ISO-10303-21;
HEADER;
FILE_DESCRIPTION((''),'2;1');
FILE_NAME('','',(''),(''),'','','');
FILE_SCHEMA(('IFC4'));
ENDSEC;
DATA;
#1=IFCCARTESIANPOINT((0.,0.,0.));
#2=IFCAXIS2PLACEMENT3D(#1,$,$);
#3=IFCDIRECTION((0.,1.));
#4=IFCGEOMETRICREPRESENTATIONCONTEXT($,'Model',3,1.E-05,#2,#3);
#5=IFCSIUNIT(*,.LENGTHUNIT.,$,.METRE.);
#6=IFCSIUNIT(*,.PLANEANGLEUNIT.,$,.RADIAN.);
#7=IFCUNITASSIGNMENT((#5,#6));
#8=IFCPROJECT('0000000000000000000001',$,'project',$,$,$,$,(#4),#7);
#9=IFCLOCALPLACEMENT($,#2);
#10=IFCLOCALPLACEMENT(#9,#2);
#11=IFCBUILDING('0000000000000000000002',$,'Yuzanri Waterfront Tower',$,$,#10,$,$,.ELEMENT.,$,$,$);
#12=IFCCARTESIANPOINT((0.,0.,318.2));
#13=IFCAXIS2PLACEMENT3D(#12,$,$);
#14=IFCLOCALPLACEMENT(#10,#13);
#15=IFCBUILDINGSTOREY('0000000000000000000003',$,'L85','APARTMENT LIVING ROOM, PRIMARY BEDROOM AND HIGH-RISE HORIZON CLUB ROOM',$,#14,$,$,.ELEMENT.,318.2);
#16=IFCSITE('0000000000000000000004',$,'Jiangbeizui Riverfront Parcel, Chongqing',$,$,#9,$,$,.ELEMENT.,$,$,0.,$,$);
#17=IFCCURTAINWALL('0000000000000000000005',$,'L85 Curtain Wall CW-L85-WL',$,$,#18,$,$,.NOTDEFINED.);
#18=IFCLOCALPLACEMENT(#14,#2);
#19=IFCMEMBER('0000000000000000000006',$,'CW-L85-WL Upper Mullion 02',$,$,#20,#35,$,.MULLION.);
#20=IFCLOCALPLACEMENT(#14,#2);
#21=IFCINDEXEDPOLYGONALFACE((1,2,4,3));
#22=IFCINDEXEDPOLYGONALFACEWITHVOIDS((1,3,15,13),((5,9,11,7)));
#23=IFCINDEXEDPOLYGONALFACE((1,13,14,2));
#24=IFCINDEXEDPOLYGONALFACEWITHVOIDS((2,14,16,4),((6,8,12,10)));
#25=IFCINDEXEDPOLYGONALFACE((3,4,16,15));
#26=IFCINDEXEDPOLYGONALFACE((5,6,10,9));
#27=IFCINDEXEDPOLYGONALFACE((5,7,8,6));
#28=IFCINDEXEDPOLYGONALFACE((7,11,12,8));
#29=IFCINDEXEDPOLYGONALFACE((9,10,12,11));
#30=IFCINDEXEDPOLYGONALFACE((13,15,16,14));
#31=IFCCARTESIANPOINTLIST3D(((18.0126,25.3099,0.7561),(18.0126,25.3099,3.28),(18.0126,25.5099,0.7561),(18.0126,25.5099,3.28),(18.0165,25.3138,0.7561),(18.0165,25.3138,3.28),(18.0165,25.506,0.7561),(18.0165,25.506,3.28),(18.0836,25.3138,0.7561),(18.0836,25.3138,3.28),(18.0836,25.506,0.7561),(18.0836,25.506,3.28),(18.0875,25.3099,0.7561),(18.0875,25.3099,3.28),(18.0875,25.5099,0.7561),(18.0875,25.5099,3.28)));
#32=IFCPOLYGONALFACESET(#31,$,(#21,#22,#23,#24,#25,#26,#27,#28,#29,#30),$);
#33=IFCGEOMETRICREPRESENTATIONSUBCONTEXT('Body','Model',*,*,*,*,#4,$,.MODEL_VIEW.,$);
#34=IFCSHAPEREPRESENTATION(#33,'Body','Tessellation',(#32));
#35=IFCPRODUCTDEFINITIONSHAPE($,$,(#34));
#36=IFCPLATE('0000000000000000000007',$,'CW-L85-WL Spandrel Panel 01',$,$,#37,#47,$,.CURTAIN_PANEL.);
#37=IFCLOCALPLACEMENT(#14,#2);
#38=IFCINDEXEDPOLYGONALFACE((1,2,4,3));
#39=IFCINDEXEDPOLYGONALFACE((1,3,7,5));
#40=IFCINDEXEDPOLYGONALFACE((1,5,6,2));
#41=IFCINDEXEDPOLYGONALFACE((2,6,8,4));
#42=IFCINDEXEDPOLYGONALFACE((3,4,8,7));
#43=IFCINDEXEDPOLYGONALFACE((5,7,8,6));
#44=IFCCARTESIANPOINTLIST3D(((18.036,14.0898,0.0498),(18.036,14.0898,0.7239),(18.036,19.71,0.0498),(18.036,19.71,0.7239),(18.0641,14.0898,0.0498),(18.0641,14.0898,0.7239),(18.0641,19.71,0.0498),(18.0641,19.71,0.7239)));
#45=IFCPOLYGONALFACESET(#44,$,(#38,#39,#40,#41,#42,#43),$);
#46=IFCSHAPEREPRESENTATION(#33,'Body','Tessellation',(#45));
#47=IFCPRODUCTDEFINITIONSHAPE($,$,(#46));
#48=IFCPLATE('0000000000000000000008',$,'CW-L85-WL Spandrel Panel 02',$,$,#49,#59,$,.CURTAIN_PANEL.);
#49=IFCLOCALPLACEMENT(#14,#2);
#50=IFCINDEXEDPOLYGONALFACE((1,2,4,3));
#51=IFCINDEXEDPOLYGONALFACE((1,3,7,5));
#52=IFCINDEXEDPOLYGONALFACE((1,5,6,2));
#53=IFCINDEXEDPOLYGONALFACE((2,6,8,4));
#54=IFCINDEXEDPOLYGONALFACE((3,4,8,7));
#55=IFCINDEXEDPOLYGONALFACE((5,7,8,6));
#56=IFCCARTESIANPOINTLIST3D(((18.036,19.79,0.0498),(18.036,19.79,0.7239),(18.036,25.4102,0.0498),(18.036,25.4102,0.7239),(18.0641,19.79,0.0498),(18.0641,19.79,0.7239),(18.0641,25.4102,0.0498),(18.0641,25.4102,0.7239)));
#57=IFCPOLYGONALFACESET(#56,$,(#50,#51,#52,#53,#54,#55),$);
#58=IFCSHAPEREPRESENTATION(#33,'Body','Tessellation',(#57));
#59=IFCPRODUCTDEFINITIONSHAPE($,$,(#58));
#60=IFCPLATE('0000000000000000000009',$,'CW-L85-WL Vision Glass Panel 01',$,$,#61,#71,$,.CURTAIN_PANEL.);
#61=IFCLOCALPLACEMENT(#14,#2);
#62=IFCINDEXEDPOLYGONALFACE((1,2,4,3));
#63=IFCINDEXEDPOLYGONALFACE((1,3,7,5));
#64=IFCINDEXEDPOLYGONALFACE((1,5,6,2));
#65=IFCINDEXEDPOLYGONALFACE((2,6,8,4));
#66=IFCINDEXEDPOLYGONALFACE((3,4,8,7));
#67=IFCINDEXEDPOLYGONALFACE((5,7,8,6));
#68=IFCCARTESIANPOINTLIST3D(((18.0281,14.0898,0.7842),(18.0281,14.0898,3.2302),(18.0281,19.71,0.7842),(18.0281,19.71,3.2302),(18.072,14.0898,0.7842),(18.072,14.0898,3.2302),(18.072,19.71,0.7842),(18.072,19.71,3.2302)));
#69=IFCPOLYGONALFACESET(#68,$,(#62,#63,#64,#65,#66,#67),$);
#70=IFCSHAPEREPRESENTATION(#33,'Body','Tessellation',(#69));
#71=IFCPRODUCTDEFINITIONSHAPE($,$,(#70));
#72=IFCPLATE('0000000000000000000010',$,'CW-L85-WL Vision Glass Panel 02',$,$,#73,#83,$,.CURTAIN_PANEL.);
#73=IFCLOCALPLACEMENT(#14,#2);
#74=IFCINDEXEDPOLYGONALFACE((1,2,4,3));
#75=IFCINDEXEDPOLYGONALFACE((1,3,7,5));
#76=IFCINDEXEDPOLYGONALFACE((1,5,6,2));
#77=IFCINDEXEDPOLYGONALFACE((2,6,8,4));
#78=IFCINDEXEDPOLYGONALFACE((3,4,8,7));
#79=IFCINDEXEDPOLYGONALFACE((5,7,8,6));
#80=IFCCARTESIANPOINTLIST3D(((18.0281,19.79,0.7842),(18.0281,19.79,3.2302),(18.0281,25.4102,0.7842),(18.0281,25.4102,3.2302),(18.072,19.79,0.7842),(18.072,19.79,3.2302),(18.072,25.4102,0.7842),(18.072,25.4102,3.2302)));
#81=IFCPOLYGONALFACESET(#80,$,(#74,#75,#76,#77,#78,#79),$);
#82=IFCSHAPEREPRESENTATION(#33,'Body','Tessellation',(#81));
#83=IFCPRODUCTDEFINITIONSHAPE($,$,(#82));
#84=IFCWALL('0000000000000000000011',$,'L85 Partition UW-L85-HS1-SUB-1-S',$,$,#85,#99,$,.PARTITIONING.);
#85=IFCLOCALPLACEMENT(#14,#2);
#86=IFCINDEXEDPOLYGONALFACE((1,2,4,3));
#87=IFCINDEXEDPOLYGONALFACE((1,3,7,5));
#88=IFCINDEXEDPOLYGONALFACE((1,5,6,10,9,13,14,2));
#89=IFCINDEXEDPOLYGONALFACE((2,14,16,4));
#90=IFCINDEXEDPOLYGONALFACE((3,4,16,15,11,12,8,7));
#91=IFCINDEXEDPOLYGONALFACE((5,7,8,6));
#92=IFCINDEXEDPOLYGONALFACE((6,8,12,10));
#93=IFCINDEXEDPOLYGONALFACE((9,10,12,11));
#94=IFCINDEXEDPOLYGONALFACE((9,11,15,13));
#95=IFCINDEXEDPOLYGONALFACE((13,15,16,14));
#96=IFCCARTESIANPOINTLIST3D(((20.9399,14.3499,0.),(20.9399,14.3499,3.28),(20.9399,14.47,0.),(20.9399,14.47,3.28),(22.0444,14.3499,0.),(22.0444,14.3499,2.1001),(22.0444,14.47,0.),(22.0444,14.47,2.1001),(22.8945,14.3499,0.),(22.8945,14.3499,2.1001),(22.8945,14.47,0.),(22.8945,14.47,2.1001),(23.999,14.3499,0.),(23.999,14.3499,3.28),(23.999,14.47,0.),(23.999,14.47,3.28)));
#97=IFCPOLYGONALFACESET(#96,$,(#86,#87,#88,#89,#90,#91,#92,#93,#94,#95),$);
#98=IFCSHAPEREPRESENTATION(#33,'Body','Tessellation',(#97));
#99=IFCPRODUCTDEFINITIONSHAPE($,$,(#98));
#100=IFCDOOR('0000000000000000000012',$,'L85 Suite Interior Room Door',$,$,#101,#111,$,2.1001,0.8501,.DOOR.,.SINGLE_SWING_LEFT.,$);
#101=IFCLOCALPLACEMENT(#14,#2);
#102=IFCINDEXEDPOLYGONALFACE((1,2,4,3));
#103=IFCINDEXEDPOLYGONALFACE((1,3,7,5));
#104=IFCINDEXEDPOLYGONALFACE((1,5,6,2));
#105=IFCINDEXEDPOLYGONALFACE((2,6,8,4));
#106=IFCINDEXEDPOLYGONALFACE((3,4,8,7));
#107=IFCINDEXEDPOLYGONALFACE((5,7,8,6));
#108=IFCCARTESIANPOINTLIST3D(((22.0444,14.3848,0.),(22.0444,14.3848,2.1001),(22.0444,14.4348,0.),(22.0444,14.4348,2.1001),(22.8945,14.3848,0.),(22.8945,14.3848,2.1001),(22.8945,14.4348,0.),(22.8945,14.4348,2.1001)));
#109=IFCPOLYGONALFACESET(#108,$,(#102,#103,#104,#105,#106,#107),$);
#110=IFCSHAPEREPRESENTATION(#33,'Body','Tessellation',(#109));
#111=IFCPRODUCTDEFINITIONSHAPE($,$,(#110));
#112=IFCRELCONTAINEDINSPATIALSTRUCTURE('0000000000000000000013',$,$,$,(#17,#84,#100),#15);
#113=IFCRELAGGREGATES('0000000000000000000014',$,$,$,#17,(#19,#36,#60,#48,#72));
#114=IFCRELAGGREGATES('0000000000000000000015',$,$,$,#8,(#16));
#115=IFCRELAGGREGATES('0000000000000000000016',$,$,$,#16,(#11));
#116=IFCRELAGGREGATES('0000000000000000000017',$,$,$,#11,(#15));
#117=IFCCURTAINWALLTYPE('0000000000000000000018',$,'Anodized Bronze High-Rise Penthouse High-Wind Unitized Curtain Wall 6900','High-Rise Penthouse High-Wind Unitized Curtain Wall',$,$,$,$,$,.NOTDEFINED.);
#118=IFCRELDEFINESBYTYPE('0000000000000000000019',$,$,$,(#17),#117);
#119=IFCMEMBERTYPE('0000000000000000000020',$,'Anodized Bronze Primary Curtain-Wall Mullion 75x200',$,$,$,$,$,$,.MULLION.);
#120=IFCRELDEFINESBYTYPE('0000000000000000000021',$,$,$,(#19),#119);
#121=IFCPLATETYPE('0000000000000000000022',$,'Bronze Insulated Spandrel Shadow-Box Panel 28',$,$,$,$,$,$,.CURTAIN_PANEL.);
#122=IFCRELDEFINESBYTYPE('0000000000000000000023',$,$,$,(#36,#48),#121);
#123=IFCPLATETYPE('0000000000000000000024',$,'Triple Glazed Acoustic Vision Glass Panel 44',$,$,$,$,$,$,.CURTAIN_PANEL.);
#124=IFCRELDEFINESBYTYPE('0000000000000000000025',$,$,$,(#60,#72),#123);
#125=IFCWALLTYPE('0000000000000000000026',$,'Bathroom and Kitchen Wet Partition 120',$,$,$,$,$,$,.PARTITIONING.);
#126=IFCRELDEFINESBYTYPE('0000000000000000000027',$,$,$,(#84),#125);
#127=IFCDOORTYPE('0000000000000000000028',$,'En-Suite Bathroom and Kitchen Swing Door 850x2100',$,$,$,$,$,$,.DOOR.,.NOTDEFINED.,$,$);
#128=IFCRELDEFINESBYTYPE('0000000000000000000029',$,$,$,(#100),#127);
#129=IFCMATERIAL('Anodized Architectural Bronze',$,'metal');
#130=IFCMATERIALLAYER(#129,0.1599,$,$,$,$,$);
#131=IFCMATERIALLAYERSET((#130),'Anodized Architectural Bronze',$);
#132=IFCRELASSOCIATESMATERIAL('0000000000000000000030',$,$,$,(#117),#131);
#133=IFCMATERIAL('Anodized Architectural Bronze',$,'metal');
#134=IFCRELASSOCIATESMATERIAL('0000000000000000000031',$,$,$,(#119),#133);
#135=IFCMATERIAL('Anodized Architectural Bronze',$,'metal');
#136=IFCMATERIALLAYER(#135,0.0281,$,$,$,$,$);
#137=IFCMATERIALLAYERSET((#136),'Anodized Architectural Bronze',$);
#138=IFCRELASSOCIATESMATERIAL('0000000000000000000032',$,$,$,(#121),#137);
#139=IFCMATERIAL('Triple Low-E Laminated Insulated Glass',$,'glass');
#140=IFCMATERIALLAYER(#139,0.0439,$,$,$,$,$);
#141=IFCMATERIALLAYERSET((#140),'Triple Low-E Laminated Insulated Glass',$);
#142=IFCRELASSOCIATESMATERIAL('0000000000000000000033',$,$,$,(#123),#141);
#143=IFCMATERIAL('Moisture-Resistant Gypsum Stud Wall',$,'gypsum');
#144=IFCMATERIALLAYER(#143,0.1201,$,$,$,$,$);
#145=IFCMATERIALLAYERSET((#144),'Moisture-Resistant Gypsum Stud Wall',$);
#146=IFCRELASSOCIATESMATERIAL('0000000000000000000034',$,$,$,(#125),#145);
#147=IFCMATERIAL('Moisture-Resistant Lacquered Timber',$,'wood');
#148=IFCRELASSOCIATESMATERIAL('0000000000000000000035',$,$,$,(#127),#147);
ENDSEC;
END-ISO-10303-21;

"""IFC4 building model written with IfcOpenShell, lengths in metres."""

from ifc_helpers import new_model, si_unit, direction, frame, frame_2d, origin, origin_2d, place, context, subcontext, project, spatial, rectangle, hollow_rectangle, extrude, source, transform, mapped, material, layer, layer_set, material_profile, profile_set, type_object, element, fill, aggregate, save


model = new_model("IFC4")

# Units and contexts
model_context = context("Model", 3, precision=1e-05, world=origin(), true_north=direction((0.0, 1.0)))
body_context = subcontext(model_context, "Body", "Model", "MODEL_VIEW")
ifc_project = project(units=[si_unit("LENGTHUNIT", "METRE"), si_unit("PLANEANGLEUNIT", "RADIAN")], contexts=[model_context])

# Site, building, storey
site_placement = place(None, origin())
site = spatial("IfcSite", under=ifc_project, at=site_placement, Name="Jiangbeizui Riverfront Parcel, Chongqing", CompositionType="ELEMENT", RefElevation=0.0)
building_placement = place(site_placement, origin())
building = spatial("IfcBuilding", under=site, at=building_placement, Name="Yuzanri Waterfront Tower", CompositionType="ELEMENT")
storey_placement = place(building_placement, frame((0.0, 0.0, 318.2)))
storey = spatial("IfcBuildingStorey", under=building, at=storey_placement, Name="L85", Description="APARTMENT LIVING ROOM, PRIMARY BEDROOM AND HIGH-RISE HORIZON CLUB ROOM", CompositionType="ELEMENT", Elevation=318.2)

# Curtain wall, member, plates
ifc_material_1 = material(Name="Anodized Architectural Bronze", Category="metal")
ifc_layer_1 = layer(ifc_material_1, 0.1599)
ifc_layer_set_1 = layer_set([ifc_layer_1], Name="Anodized Architectural Bronze")
curtain_wall_type = type_object("IfcCurtainWallType", Name="Anodized Bronze High-Rise Penthouse High-Wind Unitized Curtain Wall 6900", Description="High-Rise Penthouse High-Wind Unitized Curtain Wall", PredefinedType="NOTDEFINED", material=ifc_layer_set_1)
curtain_wall_placement = place(storey_placement, origin())
curtain_wall = element("IfcCurtainWall", 1, at=curtain_wall_placement, inside=storey, type_object=curtain_wall_type, Name="L85 Curtain Wall CW-L85-WL", PredefinedType="NOTDEFINED")
ifc_material_2 = material(Name="Anodized Architectural Bronze", Category="metal")
ifc_material_profile_1 = material_profile(ifc_material_2, hollow_rectangle(XDim=0.075, YDim=0.2, WallThickness=0.0039, at=origin_2d()), Name="CWM 75x200")
ifc_profile_set_1 = profile_set([ifc_material_profile_1], Name="Anodized Architectural Bronze")
member_type = type_object("IfcMemberType", Name="Anodized Bronze Primary Curtain-Wall Mullion 75x200", PredefinedType="MULLION", material=ifc_profile_set_1)
shared_shape_1 = source(origin(), body_context, "Body", "SweptSolid", [
    extrude(hollow_rectangle(XDim=0.075, YDim=0.2, WallThickness=0.0039, at=origin_2d()), origin(), (0.0, 0.0, 1.0), 2.5239),
])
member_1_placement = place(storey_placement, frame((18.05, 25.4099, 0.7561), z_axis=(0.0, 0.0, 1.0), x_axis=(1.0, 0.0, 0.0)))
member_1 = element("IfcMember", 2, at=member_1_placement, type_object=member_type, Name="CW-L85-WL Upper Mullion 02", PredefinedType="MULLION", context=body_context, shape_type="MappedRepresentation", body=[
    mapped(shared_shape_1, transform((0.0, 0.0, 0.0), scale=1.0)),
])
ifc_material_3 = material(Name="Anodized Architectural Bronze", Category="metal")
ifc_layer_2 = layer(ifc_material_3, 0.0281)
ifc_layer_set_2 = layer_set([ifc_layer_2], Name="Anodized Architectural Bronze")
plate_type_1 = type_object("IfcPlateType", Name="Bronze Insulated Spandrel Shadow-Box Panel 28", PredefinedType="CURTAIN_PANEL", material=ifc_layer_set_2)
shared_shape_2 = source(origin(), body_context, "Body", "SweptSolid", [
    extrude(rectangle(XDim=5.6201, YDim=0.0281, at=origin_2d()), origin(), (0.0, 0.0, 1.0), 0.6741),
])
plate_1_placement = place(storey_placement, frame((18.05, 16.8999, 0.0498), z_axis=(0.0, 0.0, 1.0), x_axis=(0.0, 1.0, 0.0)))
plate_1 = element("IfcPlate", 3, at=plate_1_placement, type_object=plate_type_1, Name="CW-L85-WL Spandrel Panel 01", PredefinedType="CURTAIN_PANEL", context=body_context, shape_type="MappedRepresentation", body=[
    mapped(shared_shape_2, transform((0.0, 0.0, 0.0), scale=1.0)),
])
plate_2_placement = place(storey_placement, frame((18.05, 22.6001, 0.0498), z_axis=(0.0, 0.0, 1.0), x_axis=(0.0, 1.0, 0.0)))
plate_2 = element("IfcPlate", 4, at=plate_2_placement, type_object=plate_type_1, Name="CW-L85-WL Spandrel Panel 02", PredefinedType="CURTAIN_PANEL", context=body_context, shape_type="MappedRepresentation", body=[
    mapped(shared_shape_2, transform((0.0, 0.0, 0.0), scale=1.0)),
])
ifc_material_4 = material(Name="Triple Low-E Laminated Insulated Glass", Category="glass")
ifc_layer_3 = layer(ifc_material_4, 0.0439)
ifc_layer_set_3 = layer_set([ifc_layer_3], Name="Triple Low-E Laminated Insulated Glass")
plate_type_2 = type_object("IfcPlateType", Name="Triple Glazed Acoustic Vision Glass Panel 44", PredefinedType="CURTAIN_PANEL", material=ifc_layer_set_3)
shared_shape_3 = source(origin(), body_context, "Body", "SweptSolid", [
    extrude(rectangle(XDim=5.6201, YDim=0.0439, at=origin_2d()), origin(), (0.0, 0.0, 1.0), 2.446),
])
plate_3_placement = place(storey_placement, frame((18.05, 16.8999, 0.7842), z_axis=(0.0, 0.0, 1.0), x_axis=(0.0, 1.0, 0.0)))
plate_3 = element("IfcPlate", 5, at=plate_3_placement, type_object=plate_type_2, Name="CW-L85-WL Vision Glass Panel 01", PredefinedType="CURTAIN_PANEL", context=body_context, shape_type="MappedRepresentation", body=[
    mapped(shared_shape_3, transform((0.0, 0.0, 0.0), scale=1.0)),
])
plate_4_placement = place(storey_placement, frame((18.05, 22.6001, 0.7842), z_axis=(0.0, 0.0, 1.0), x_axis=(0.0, 1.0, 0.0)))
plate_4 = element("IfcPlate", 6, at=plate_4_placement, type_object=plate_type_2, Name="CW-L85-WL Vision Glass Panel 02", PredefinedType="CURTAIN_PANEL", context=body_context, shape_type="MappedRepresentation", body=[
    mapped(shared_shape_3, transform((0.0, 0.0, 0.0), scale=1.0)),
])
aggregate(curtain_wall, [member_1, plate_1, plate_3, plate_2, plate_4])

# Wall, opening, door
ifc_material_5 = material(Name="Moisture-Resistant Gypsum Stud Wall", Category="gypsum")
ifc_layer_4 = layer(ifc_material_5, 0.1201)
ifc_layer_set_4 = layer_set([ifc_layer_4], Name="Moisture-Resistant Gypsum Stud Wall")
wall_type_1 = type_object("IfcWallType", Name="Bathroom and Kitchen Wet Partition 120", PredefinedType="PARTITIONING", material=ifc_layer_set_4)
wall_1_placement = place(storey_placement, frame((20.9399, 14.4099, 0.0), z_axis=(0.0, 0.0, 1.0), x_axis=(1.0, 0.0, 0.0)))
wall_1 = element("IfcWall", 7, at=wall_1_placement, inside=storey, type_object=wall_type_1, Name="L85 Partition UW-L85-HS1-SUB-1-S", PredefinedType="PARTITIONING", context=body_context, shape_type="SweptSolid", body=[
    extrude(rectangle(XDim=3.0591, YDim=0.1201, at=frame_2d((1.5295, 0.0))), origin(), (0.0, 0.0, 1.0), 3.28),
])
opening_1_placement = place(wall_1_placement, frame((1.1045, 0.0, 0.0)))
opening_1 = element("IfcOpeningElement", 8, at=opening_1_placement, cuts=wall_1, PredefinedType="OPENING", context=body_context, shape_type="SweptSolid", body=[
    extrude(rectangle(XDim=0.8501, YDim=2.1001, at=frame_2d((0.425, 1.05))), frame((0.0, 0.075, 0.0), z_axis=(0.0, -1.0, 0.0), x_axis=(1.0, 0.0, 0.0)), (0.0, 0.0, 1.0), 0.1499),
])
ifc_material_6 = material(Name="Moisture-Resistant Lacquered Timber", Category="wood")
door_type_1 = type_object("IfcDoorType", Name="En-Suite Bathroom and Kitchen Swing Door 850x2100", OperationType="NOTDEFINED", PredefinedType="DOOR", material=ifc_material_6)
shared_shape_4 = source(origin(), body_context, "Body", "SweptSolid", [
    extrude(rectangle(XDim=0.8501, YDim=2.1001, at=frame_2d((0.425, 1.05))), frame((0.0, 0.0249, 0.0), z_axis=(0.0, -1.0, 0.0), x_axis=(1.0, 0.0, 0.0)), (0.0, 0.0, 1.0), 0.05),
])
door_1_placement = place(opening_1_placement, origin())
door_1 = element("IfcDoor", 9, at=door_1_placement, inside=storey, type_object=door_type_1, Name="L85 Suite Interior Room Door", OperationType="SINGLE_SWING_LEFT", OverallHeight=2.1001, OverallWidth=0.8501, PredefinedType="DOOR", context=body_context, shape_type="MappedRepresentation", body=[
    mapped(shared_shape_4, transform((0.0, 0.0, 0.0), scale=1.0)),
])
fill(opening_1, door_1)

save(model, "model.ifc")
